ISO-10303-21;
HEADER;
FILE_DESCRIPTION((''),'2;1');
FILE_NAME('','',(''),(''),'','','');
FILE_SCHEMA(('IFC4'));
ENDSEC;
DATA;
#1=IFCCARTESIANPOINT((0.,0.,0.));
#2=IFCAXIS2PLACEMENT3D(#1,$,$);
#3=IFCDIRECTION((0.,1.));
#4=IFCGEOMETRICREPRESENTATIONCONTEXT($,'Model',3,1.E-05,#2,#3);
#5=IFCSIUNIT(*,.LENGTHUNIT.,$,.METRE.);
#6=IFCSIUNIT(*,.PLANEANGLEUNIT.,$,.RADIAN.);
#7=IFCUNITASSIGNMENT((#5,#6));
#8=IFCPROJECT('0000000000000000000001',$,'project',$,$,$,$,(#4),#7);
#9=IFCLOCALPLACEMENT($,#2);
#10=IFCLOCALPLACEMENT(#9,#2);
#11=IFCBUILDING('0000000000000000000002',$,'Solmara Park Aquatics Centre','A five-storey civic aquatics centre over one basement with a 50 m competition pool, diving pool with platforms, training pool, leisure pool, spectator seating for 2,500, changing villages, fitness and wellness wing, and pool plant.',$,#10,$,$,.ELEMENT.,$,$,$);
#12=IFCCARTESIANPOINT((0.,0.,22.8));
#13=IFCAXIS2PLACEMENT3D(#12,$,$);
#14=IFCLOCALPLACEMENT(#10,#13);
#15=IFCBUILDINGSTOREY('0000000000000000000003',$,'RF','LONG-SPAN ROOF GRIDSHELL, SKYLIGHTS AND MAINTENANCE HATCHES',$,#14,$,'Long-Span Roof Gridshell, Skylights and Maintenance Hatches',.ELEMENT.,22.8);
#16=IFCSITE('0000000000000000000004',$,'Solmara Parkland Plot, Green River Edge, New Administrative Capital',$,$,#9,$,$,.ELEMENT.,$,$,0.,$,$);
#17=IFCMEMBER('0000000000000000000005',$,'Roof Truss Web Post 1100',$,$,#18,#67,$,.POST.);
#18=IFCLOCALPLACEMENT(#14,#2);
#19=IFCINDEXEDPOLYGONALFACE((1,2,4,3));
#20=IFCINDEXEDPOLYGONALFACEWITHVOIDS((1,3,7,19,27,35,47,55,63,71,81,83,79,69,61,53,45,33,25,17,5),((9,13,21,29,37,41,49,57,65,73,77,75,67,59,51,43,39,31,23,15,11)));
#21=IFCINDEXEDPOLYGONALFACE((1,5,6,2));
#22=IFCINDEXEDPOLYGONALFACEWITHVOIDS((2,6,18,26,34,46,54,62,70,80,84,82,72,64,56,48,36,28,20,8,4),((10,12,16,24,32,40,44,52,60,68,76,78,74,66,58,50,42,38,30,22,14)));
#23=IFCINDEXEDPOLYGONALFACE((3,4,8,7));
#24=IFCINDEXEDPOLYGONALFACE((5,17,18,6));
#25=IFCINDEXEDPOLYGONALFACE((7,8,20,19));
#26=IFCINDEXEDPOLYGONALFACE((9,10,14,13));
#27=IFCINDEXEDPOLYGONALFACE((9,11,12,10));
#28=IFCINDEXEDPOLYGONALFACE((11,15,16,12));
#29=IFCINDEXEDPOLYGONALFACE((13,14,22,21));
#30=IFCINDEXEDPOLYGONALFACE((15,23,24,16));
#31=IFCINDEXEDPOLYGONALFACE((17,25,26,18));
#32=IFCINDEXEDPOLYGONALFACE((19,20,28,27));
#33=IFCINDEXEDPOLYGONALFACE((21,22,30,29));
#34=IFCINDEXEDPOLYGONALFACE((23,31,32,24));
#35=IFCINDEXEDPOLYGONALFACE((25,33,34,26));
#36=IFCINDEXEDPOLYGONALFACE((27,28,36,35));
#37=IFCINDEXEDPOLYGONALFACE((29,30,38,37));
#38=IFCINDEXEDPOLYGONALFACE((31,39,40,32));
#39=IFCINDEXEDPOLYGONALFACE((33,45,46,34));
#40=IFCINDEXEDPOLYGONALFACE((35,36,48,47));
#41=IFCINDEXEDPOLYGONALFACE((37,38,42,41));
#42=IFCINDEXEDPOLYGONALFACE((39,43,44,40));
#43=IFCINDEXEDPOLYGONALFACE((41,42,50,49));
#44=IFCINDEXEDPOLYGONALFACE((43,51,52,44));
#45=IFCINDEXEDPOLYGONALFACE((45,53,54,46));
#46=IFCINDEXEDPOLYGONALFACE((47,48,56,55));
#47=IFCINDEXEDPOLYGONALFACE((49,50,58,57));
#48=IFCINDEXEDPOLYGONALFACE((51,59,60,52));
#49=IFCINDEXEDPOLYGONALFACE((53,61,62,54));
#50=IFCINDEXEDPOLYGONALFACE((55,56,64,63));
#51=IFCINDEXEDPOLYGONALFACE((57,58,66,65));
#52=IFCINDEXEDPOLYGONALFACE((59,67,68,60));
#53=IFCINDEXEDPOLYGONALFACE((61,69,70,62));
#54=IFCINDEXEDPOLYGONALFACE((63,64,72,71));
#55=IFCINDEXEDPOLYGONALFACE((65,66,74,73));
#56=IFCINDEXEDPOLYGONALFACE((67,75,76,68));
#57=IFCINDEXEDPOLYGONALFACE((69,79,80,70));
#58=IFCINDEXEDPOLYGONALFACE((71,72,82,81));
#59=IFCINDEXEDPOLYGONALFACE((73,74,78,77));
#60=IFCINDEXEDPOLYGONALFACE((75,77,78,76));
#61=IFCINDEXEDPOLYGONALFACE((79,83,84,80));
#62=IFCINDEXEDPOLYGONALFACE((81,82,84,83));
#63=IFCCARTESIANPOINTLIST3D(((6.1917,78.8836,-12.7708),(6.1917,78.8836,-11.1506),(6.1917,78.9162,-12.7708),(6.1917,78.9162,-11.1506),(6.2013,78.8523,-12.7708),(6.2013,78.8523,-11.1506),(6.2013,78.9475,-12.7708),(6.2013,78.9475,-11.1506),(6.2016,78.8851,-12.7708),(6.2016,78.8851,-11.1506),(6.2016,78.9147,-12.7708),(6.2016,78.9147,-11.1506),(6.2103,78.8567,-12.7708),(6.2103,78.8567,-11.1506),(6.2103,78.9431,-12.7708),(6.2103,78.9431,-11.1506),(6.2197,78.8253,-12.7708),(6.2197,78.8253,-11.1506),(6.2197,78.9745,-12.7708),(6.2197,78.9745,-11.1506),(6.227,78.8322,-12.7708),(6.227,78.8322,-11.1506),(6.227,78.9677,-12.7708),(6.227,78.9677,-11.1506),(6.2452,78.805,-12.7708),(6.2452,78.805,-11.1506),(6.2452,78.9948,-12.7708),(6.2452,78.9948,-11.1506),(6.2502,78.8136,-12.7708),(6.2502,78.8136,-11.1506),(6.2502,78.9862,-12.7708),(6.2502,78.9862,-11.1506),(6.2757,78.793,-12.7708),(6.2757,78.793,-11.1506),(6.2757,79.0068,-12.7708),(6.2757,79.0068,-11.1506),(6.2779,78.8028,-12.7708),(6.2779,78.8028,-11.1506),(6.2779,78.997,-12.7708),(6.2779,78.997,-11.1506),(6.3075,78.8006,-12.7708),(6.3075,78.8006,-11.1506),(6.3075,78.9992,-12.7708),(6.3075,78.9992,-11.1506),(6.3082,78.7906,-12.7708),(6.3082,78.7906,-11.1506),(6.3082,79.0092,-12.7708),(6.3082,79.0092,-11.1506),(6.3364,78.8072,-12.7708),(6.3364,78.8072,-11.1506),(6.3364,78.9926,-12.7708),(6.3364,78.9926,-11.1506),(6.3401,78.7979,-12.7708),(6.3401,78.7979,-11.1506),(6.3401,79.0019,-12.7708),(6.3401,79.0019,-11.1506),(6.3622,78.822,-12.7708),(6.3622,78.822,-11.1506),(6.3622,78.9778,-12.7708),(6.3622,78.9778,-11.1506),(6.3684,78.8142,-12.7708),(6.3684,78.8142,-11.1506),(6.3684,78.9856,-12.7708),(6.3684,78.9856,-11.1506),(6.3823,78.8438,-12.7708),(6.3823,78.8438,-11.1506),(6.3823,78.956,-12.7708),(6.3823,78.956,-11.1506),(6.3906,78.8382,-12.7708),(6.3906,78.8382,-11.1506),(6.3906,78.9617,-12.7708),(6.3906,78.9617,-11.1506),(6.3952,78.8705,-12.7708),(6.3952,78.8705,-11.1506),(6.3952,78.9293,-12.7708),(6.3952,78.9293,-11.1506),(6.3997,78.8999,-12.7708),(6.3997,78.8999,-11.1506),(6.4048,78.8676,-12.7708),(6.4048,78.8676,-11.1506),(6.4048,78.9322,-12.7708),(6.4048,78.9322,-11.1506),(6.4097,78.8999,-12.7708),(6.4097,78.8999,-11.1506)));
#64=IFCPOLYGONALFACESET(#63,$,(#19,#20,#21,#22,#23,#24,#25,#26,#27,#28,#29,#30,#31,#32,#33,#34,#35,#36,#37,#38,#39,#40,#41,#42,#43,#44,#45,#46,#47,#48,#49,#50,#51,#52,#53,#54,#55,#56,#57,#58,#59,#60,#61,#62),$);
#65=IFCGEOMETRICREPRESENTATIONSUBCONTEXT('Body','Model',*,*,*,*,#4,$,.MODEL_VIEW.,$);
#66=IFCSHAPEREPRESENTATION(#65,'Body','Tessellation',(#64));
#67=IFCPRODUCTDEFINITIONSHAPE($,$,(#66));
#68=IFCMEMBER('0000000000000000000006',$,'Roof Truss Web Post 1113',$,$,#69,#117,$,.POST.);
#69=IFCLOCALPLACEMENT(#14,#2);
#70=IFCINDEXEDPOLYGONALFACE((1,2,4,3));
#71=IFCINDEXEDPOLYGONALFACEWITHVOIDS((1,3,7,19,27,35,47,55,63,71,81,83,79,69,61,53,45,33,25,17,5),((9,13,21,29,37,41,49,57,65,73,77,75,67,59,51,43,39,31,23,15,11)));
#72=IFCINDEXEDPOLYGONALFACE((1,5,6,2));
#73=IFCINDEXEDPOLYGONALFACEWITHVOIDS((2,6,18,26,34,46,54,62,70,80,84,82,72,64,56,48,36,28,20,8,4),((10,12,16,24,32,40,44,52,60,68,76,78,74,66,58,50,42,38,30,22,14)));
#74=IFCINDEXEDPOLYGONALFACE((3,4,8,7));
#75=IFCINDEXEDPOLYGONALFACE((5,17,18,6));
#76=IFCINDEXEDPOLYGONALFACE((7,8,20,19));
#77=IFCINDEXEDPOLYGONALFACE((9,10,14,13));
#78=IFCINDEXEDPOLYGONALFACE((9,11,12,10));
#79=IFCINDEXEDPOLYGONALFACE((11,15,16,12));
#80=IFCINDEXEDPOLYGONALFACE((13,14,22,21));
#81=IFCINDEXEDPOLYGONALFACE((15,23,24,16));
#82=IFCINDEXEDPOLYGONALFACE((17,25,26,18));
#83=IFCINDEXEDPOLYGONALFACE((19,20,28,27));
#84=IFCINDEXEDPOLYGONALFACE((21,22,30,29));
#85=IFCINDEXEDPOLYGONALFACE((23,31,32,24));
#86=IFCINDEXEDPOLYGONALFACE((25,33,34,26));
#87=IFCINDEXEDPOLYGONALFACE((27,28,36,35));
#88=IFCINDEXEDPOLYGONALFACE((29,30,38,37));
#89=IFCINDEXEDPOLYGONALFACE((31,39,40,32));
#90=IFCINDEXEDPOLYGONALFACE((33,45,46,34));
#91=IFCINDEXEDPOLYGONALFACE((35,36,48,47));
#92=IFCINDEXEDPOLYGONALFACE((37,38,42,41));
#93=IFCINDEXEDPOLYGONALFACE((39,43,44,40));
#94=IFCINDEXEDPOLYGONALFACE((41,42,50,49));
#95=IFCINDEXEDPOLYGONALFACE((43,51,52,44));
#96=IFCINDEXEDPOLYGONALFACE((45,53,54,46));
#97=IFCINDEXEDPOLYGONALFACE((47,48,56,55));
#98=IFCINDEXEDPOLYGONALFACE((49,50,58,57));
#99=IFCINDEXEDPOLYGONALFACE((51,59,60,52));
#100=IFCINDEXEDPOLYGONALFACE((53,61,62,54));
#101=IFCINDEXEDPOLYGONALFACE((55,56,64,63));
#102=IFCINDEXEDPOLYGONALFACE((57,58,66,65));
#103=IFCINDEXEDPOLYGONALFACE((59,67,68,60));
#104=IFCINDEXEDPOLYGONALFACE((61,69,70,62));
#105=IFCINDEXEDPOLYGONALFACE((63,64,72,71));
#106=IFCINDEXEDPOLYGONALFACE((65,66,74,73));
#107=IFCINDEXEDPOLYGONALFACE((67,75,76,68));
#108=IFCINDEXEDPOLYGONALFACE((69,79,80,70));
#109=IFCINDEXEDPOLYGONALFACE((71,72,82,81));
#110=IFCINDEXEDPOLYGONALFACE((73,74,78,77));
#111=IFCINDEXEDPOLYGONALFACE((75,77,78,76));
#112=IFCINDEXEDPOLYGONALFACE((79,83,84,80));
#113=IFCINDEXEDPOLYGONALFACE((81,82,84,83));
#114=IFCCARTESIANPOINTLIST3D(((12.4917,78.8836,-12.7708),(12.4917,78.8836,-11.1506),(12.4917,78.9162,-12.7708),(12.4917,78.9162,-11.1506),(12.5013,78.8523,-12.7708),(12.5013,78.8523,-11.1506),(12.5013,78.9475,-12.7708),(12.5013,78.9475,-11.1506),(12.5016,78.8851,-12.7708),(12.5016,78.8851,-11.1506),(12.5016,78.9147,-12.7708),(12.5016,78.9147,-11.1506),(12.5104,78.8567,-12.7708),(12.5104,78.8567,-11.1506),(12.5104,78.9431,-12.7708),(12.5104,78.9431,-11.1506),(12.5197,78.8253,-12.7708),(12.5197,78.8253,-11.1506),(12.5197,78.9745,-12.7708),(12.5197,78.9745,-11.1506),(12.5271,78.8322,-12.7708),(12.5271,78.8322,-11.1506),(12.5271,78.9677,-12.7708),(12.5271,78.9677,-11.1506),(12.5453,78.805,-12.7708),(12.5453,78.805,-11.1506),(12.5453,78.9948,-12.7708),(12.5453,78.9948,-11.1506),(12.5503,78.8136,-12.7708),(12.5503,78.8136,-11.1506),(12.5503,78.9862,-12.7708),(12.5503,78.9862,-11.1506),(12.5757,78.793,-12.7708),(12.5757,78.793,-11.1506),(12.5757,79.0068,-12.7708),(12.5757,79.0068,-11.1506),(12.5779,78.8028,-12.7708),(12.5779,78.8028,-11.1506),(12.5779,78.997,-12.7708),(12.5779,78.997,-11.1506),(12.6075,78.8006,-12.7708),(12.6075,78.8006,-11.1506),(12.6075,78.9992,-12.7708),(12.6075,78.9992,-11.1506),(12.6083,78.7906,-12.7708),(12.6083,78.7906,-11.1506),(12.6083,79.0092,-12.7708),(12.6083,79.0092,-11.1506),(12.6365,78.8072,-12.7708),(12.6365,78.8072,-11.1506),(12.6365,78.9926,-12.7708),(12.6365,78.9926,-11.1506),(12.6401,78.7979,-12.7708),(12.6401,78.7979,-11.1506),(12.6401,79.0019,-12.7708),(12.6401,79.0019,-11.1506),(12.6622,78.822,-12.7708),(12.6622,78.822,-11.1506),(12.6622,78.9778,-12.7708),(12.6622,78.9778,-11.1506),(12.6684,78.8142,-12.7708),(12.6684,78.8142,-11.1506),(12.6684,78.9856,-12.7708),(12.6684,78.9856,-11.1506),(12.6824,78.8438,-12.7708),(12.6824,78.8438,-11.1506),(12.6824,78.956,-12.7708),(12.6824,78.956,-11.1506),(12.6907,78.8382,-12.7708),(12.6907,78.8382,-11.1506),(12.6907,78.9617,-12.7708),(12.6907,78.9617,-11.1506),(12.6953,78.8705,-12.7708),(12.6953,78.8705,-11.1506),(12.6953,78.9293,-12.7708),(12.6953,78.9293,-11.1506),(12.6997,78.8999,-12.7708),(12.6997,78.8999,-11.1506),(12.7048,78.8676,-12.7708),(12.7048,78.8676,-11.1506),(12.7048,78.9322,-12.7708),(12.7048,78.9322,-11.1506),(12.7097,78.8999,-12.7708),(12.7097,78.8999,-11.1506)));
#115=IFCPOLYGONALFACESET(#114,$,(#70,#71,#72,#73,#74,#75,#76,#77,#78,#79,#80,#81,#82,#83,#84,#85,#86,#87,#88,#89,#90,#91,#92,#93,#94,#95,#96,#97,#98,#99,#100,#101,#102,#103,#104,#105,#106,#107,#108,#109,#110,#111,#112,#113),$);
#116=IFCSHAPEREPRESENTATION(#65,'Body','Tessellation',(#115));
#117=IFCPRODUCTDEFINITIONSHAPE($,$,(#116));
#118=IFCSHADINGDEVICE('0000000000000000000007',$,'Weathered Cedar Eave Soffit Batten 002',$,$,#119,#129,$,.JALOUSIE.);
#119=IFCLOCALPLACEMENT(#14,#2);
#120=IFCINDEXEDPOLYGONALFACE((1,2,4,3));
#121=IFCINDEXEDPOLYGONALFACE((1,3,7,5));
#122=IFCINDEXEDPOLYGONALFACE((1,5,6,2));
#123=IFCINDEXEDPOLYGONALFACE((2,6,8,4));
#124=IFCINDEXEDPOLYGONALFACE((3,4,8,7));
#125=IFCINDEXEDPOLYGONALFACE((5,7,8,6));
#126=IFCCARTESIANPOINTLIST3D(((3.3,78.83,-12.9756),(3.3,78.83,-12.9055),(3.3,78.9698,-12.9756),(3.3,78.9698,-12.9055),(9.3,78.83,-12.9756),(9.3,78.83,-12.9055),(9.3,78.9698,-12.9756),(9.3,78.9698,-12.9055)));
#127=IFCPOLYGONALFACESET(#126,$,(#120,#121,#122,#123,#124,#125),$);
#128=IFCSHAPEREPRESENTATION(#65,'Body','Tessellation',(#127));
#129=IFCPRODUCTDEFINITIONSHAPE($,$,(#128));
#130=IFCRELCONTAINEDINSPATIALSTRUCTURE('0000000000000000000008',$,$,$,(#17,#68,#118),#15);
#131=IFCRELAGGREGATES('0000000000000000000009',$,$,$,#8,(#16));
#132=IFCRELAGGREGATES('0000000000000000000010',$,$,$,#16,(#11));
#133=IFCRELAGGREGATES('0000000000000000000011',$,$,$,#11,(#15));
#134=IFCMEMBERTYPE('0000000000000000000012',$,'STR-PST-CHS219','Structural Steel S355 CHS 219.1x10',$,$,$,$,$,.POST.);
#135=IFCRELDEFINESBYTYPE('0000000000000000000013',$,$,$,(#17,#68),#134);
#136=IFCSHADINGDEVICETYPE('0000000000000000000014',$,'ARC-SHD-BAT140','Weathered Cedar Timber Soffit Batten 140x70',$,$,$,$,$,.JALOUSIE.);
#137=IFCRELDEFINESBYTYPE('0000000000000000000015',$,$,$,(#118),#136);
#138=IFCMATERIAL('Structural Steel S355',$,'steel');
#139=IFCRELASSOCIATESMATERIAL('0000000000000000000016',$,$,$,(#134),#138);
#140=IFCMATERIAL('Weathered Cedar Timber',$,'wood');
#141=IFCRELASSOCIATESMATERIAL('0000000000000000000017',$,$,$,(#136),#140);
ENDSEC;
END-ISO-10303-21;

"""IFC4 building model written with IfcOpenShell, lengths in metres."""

from ifc_helpers import new_model, si_unit, direction, frame, origin, origin_2d, place, context, subcontext, project, spatial, rectangle, hollow_circle, extrude, material, material_profile, profile_set, type_object, element, save


model = new_model("IFC4")

# Units and contexts
model_context = context("Model", 3, precision=1e-05, world=origin(), true_north=direction((0.0, 1.0)))
body_context = subcontext(model_context, "Body", "Model", "MODEL_VIEW")
ifc_project = project(units=[si_unit("LENGTHUNIT", "METRE"), si_unit("PLANEANGLEUNIT", "RADIAN")], contexts=[model_context])

# Site, building, storey
site_placement = place(None, origin())
site = spatial("IfcSite", under=ifc_project, at=site_placement, Name="Solmara Parkland Plot, Green River Edge, New Administrative Capital", CompositionType="ELEMENT", RefElevation=0.0)
building_placement = place(site_placement, origin())
building = spatial("IfcBuilding", under=site, at=building_placement, Name="Solmara Park Aquatics Centre", Description="A five-storey civic aquatics centre over one basement with a 50 m competition pool, diving pool with platforms, training pool, leisure pool, spectator seating for 2,500, changing villages, fitness and wellness wing, and pool plant.", CompositionType="ELEMENT")
storey_placement = place(building_placement, frame((0.0, 0.0, 22.8)))
storey = spatial("IfcBuildingStorey", under=building, at=storey_placement, Name="RF", Description="LONG-SPAN ROOF GRIDSHELL, SKYLIGHTS AND MAINTENANCE HATCHES", LongName="Long-Span Roof Gridshell, Skylights and Maintenance Hatches", CompositionType="ELEMENT", Elevation=22.8)

# Members
ifc_material_1 = material(Name="Structural Steel S355", Category="steel")
ifc_material_profile_1 = material_profile(ifc_material_1, hollow_circle(Radius=0.1096, WallThickness=0.01, at=origin_2d()), Name="CHS 219.1x10")
ifc_profile_set_1 = profile_set([ifc_material_profile_1], Name="Structural Steel S355")
member_type_1 = type_object("IfcMemberType", Name="STR-PST-CHS219", Description="Structural Steel S355 CHS 219.1x10", PredefinedType="POST", material=ifc_profile_set_1)
for number, where, z_axis, x_axis, name in (
    (1, (6.3, 78.8999, -12.7708), (0.0, 0.0, 1.0), (1.0, 0.0, 0.0), "Roof Truss Web Post 1100"),
    (2, (12.6001, 78.8999, -12.7708), (0.0, 0.0, 1.0), (1.0, 0.0, 0.0), "Roof Truss Web Post 1113"),
):
    element("IfcMember", number, at=place(storey_placement, frame(where, z_axis=z_axis, x_axis=x_axis)), inside=storey, type_object=member_type_1, Name=name, PredefinedType="POST", context=body_context, shape_type="SweptSolid", body=[
        extrude(hollow_circle(Radius=0.1096, WallThickness=0.01, at=origin_2d()), origin(), (0.0, 0.0, 1.0), 1.6201),
    ])

# Shading device
ifc_material_2 = material(Name="Weathered Cedar Timber", Category="wood")
shading_device_type = type_object("IfcShadingDeviceType", Name="ARC-SHD-BAT140", Description="Weathered Cedar Timber Soffit Batten 140x70", PredefinedType="JALOUSIE", material=ifc_material_2)
shading_device_placement = place(storey_placement, frame((6.3, 78.8999, -12.9756), z_axis=(0.0, 0.0, 1.0), x_axis=(1.0, 0.0, 0.0)))
element("IfcShadingDevice", 3, at=shading_device_placement, inside=storey, type_object=shading_device_type, Name="Weathered Cedar Eave Soffit Batten 002", PredefinedType="JALOUSIE", context=body_context, shape_type="SweptSolid", body=[
    extrude(rectangle(XDim=6.0, YDim=0.1399, at=origin_2d()), origin(), (0.0, 0.0, 1.0), 0.0701),
])

save(model, "model.ifc")
